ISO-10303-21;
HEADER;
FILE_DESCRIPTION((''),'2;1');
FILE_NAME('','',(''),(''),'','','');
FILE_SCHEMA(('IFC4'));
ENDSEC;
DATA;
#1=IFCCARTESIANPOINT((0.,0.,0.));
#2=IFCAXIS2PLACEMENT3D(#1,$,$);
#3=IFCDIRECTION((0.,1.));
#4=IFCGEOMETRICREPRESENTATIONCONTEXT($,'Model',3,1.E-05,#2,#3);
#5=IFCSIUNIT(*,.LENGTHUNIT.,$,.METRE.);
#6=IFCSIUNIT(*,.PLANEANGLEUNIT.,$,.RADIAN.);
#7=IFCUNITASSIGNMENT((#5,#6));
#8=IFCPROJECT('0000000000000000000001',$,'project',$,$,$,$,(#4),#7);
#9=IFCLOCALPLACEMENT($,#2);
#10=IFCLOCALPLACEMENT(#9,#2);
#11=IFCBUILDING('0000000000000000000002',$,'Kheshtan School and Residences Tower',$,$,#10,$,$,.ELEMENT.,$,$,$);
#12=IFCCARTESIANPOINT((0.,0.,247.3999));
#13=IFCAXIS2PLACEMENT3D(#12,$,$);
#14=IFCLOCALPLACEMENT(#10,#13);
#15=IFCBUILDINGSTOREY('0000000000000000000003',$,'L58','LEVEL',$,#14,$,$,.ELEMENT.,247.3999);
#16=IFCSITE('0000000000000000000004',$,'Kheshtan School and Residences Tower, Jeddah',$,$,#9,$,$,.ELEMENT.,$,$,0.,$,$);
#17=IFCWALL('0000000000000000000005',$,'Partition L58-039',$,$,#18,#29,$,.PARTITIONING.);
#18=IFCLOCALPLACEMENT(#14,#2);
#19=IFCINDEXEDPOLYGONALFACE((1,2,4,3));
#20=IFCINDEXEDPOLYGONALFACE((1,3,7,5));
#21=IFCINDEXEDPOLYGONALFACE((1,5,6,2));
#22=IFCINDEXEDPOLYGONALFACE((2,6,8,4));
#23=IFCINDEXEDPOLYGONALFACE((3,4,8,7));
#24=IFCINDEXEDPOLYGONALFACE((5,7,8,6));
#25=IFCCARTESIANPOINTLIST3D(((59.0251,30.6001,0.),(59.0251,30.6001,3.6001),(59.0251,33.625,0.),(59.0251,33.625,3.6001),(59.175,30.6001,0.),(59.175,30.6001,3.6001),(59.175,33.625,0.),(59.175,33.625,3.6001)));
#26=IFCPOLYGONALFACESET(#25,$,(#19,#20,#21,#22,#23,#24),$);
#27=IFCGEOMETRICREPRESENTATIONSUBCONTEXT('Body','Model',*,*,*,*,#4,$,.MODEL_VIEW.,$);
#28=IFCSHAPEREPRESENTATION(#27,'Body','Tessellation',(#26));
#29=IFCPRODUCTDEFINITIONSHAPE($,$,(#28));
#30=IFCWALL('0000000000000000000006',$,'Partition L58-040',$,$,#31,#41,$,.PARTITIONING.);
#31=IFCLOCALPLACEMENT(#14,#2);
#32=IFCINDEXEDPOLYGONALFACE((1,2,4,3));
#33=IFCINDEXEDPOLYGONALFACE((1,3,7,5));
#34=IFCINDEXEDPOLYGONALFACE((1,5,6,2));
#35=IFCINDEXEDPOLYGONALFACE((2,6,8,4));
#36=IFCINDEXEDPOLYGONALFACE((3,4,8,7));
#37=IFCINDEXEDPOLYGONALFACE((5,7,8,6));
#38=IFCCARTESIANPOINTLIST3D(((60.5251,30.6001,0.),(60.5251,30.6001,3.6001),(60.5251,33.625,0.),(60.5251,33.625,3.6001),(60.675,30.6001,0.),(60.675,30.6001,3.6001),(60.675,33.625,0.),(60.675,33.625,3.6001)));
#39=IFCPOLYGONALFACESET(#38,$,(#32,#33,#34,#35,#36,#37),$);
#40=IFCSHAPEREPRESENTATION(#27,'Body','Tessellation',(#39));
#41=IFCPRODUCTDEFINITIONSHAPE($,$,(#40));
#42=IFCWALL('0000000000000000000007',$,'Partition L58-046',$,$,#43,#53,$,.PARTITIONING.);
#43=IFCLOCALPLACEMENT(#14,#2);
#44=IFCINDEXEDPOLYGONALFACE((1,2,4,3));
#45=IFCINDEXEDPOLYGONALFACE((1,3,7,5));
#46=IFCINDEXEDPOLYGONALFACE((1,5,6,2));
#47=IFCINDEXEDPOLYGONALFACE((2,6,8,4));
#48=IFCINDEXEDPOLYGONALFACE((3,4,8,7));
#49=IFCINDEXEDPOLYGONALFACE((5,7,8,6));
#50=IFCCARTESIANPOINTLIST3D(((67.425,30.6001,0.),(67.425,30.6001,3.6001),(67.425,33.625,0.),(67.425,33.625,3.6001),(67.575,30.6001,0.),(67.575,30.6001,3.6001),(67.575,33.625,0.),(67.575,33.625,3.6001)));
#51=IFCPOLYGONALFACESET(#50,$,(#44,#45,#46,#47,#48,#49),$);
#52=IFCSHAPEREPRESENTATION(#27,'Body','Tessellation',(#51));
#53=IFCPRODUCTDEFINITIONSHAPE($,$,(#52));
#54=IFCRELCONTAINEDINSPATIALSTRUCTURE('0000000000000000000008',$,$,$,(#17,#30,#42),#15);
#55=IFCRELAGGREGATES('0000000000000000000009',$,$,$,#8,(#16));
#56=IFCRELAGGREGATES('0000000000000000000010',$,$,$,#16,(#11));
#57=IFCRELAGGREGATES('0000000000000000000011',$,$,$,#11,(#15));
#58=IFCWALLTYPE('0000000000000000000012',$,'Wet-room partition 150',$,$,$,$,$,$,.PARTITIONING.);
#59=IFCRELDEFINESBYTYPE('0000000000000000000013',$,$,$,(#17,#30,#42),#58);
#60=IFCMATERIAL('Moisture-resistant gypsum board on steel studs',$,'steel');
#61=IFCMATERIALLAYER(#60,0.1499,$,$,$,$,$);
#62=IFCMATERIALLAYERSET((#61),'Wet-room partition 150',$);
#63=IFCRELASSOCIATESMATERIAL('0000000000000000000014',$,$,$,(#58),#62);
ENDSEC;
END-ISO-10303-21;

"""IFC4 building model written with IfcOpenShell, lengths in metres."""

from ifc_helpers import new_model, si_unit, direction, frame, frame_2d, origin, place, context, subcontext, project, spatial, rectangle, extrude, material, layer, layer_set, type_object, element, save


model = new_model("IFC4")

# Units and contexts
model_context = context("Model", 3, precision=1e-05, world=origin(), true_north=direction((0.0, 1.0)))
body_context = subcontext(model_context, "Body", "Model", "MODEL_VIEW")
ifc_project = project(units=[si_unit("LENGTHUNIT", "METRE"), si_unit("PLANEANGLEUNIT", "RADIAN")], contexts=[model_context])

# Site, building, storey
site_placement = place(None, origin())
site = spatial("IfcSite", under=ifc_project, at=site_placement, Name="Kheshtan School and Residences Tower, Jeddah", CompositionType="ELEMENT", RefElevation=0.0)
building_placement = place(site_placement, origin())
building = spatial("IfcBuilding", under=site, at=building_placement, Name="Kheshtan School and Residences Tower", CompositionType="ELEMENT")
storey_placement = place(building_placement, frame((0.0, 0.0, 247.3999)))
storey = spatial("IfcBuildingStorey", under=building, at=storey_placement, Name="L58", Description="LEVEL", CompositionType="ELEMENT", Elevation=247.3999)

# Walls
ifc_material_1 = material(Name="Moisture-resistant gypsum board on steel studs", Category="steel")
ifc_layer_1 = layer(ifc_material_1, 0.1499)
ifc_layer_set_1 = layer_set([ifc_layer_1], Name="Wet-room partition 150")
wall_type_1 = type_object("IfcWallType", Name="Wet-room partition 150", PredefinedType="PARTITIONING", material=ifc_layer_set_1)
for number, where, z_axis, x_axis, name in (
    (1, (59.1001, 30.6001, 0.0), (0.0, 0.0, 1.0), (0.0, 1.0, 0.0), "Partition L58-039"),
    (2, (60.6001, 30.6001, 0.0), (0.0, 0.0, 1.0), (0.0, 1.0, 0.0), "Partition L58-040"),
    (3, (67.5, 30.6001, 0.0), (0.0, 0.0, 1.0), (0.0, 1.0, 0.0), "Partition L58-046"),
):
    element("IfcWall", number, at=place(storey_placement, frame(where, z_axis=z_axis, x_axis=x_axis)), inside=storey, type_object=wall_type_1, Name=name, PredefinedType="PARTITIONING", context=body_context, shape_type="SweptSolid", body=[
        extrude(rectangle(XDim=3.0249, YDim=0.1499, at=frame_2d((1.5125, 0.0))), origin(), (0.0, 0.0, 1.0), 3.6001),
    ])

save(model, "model.ifc")
